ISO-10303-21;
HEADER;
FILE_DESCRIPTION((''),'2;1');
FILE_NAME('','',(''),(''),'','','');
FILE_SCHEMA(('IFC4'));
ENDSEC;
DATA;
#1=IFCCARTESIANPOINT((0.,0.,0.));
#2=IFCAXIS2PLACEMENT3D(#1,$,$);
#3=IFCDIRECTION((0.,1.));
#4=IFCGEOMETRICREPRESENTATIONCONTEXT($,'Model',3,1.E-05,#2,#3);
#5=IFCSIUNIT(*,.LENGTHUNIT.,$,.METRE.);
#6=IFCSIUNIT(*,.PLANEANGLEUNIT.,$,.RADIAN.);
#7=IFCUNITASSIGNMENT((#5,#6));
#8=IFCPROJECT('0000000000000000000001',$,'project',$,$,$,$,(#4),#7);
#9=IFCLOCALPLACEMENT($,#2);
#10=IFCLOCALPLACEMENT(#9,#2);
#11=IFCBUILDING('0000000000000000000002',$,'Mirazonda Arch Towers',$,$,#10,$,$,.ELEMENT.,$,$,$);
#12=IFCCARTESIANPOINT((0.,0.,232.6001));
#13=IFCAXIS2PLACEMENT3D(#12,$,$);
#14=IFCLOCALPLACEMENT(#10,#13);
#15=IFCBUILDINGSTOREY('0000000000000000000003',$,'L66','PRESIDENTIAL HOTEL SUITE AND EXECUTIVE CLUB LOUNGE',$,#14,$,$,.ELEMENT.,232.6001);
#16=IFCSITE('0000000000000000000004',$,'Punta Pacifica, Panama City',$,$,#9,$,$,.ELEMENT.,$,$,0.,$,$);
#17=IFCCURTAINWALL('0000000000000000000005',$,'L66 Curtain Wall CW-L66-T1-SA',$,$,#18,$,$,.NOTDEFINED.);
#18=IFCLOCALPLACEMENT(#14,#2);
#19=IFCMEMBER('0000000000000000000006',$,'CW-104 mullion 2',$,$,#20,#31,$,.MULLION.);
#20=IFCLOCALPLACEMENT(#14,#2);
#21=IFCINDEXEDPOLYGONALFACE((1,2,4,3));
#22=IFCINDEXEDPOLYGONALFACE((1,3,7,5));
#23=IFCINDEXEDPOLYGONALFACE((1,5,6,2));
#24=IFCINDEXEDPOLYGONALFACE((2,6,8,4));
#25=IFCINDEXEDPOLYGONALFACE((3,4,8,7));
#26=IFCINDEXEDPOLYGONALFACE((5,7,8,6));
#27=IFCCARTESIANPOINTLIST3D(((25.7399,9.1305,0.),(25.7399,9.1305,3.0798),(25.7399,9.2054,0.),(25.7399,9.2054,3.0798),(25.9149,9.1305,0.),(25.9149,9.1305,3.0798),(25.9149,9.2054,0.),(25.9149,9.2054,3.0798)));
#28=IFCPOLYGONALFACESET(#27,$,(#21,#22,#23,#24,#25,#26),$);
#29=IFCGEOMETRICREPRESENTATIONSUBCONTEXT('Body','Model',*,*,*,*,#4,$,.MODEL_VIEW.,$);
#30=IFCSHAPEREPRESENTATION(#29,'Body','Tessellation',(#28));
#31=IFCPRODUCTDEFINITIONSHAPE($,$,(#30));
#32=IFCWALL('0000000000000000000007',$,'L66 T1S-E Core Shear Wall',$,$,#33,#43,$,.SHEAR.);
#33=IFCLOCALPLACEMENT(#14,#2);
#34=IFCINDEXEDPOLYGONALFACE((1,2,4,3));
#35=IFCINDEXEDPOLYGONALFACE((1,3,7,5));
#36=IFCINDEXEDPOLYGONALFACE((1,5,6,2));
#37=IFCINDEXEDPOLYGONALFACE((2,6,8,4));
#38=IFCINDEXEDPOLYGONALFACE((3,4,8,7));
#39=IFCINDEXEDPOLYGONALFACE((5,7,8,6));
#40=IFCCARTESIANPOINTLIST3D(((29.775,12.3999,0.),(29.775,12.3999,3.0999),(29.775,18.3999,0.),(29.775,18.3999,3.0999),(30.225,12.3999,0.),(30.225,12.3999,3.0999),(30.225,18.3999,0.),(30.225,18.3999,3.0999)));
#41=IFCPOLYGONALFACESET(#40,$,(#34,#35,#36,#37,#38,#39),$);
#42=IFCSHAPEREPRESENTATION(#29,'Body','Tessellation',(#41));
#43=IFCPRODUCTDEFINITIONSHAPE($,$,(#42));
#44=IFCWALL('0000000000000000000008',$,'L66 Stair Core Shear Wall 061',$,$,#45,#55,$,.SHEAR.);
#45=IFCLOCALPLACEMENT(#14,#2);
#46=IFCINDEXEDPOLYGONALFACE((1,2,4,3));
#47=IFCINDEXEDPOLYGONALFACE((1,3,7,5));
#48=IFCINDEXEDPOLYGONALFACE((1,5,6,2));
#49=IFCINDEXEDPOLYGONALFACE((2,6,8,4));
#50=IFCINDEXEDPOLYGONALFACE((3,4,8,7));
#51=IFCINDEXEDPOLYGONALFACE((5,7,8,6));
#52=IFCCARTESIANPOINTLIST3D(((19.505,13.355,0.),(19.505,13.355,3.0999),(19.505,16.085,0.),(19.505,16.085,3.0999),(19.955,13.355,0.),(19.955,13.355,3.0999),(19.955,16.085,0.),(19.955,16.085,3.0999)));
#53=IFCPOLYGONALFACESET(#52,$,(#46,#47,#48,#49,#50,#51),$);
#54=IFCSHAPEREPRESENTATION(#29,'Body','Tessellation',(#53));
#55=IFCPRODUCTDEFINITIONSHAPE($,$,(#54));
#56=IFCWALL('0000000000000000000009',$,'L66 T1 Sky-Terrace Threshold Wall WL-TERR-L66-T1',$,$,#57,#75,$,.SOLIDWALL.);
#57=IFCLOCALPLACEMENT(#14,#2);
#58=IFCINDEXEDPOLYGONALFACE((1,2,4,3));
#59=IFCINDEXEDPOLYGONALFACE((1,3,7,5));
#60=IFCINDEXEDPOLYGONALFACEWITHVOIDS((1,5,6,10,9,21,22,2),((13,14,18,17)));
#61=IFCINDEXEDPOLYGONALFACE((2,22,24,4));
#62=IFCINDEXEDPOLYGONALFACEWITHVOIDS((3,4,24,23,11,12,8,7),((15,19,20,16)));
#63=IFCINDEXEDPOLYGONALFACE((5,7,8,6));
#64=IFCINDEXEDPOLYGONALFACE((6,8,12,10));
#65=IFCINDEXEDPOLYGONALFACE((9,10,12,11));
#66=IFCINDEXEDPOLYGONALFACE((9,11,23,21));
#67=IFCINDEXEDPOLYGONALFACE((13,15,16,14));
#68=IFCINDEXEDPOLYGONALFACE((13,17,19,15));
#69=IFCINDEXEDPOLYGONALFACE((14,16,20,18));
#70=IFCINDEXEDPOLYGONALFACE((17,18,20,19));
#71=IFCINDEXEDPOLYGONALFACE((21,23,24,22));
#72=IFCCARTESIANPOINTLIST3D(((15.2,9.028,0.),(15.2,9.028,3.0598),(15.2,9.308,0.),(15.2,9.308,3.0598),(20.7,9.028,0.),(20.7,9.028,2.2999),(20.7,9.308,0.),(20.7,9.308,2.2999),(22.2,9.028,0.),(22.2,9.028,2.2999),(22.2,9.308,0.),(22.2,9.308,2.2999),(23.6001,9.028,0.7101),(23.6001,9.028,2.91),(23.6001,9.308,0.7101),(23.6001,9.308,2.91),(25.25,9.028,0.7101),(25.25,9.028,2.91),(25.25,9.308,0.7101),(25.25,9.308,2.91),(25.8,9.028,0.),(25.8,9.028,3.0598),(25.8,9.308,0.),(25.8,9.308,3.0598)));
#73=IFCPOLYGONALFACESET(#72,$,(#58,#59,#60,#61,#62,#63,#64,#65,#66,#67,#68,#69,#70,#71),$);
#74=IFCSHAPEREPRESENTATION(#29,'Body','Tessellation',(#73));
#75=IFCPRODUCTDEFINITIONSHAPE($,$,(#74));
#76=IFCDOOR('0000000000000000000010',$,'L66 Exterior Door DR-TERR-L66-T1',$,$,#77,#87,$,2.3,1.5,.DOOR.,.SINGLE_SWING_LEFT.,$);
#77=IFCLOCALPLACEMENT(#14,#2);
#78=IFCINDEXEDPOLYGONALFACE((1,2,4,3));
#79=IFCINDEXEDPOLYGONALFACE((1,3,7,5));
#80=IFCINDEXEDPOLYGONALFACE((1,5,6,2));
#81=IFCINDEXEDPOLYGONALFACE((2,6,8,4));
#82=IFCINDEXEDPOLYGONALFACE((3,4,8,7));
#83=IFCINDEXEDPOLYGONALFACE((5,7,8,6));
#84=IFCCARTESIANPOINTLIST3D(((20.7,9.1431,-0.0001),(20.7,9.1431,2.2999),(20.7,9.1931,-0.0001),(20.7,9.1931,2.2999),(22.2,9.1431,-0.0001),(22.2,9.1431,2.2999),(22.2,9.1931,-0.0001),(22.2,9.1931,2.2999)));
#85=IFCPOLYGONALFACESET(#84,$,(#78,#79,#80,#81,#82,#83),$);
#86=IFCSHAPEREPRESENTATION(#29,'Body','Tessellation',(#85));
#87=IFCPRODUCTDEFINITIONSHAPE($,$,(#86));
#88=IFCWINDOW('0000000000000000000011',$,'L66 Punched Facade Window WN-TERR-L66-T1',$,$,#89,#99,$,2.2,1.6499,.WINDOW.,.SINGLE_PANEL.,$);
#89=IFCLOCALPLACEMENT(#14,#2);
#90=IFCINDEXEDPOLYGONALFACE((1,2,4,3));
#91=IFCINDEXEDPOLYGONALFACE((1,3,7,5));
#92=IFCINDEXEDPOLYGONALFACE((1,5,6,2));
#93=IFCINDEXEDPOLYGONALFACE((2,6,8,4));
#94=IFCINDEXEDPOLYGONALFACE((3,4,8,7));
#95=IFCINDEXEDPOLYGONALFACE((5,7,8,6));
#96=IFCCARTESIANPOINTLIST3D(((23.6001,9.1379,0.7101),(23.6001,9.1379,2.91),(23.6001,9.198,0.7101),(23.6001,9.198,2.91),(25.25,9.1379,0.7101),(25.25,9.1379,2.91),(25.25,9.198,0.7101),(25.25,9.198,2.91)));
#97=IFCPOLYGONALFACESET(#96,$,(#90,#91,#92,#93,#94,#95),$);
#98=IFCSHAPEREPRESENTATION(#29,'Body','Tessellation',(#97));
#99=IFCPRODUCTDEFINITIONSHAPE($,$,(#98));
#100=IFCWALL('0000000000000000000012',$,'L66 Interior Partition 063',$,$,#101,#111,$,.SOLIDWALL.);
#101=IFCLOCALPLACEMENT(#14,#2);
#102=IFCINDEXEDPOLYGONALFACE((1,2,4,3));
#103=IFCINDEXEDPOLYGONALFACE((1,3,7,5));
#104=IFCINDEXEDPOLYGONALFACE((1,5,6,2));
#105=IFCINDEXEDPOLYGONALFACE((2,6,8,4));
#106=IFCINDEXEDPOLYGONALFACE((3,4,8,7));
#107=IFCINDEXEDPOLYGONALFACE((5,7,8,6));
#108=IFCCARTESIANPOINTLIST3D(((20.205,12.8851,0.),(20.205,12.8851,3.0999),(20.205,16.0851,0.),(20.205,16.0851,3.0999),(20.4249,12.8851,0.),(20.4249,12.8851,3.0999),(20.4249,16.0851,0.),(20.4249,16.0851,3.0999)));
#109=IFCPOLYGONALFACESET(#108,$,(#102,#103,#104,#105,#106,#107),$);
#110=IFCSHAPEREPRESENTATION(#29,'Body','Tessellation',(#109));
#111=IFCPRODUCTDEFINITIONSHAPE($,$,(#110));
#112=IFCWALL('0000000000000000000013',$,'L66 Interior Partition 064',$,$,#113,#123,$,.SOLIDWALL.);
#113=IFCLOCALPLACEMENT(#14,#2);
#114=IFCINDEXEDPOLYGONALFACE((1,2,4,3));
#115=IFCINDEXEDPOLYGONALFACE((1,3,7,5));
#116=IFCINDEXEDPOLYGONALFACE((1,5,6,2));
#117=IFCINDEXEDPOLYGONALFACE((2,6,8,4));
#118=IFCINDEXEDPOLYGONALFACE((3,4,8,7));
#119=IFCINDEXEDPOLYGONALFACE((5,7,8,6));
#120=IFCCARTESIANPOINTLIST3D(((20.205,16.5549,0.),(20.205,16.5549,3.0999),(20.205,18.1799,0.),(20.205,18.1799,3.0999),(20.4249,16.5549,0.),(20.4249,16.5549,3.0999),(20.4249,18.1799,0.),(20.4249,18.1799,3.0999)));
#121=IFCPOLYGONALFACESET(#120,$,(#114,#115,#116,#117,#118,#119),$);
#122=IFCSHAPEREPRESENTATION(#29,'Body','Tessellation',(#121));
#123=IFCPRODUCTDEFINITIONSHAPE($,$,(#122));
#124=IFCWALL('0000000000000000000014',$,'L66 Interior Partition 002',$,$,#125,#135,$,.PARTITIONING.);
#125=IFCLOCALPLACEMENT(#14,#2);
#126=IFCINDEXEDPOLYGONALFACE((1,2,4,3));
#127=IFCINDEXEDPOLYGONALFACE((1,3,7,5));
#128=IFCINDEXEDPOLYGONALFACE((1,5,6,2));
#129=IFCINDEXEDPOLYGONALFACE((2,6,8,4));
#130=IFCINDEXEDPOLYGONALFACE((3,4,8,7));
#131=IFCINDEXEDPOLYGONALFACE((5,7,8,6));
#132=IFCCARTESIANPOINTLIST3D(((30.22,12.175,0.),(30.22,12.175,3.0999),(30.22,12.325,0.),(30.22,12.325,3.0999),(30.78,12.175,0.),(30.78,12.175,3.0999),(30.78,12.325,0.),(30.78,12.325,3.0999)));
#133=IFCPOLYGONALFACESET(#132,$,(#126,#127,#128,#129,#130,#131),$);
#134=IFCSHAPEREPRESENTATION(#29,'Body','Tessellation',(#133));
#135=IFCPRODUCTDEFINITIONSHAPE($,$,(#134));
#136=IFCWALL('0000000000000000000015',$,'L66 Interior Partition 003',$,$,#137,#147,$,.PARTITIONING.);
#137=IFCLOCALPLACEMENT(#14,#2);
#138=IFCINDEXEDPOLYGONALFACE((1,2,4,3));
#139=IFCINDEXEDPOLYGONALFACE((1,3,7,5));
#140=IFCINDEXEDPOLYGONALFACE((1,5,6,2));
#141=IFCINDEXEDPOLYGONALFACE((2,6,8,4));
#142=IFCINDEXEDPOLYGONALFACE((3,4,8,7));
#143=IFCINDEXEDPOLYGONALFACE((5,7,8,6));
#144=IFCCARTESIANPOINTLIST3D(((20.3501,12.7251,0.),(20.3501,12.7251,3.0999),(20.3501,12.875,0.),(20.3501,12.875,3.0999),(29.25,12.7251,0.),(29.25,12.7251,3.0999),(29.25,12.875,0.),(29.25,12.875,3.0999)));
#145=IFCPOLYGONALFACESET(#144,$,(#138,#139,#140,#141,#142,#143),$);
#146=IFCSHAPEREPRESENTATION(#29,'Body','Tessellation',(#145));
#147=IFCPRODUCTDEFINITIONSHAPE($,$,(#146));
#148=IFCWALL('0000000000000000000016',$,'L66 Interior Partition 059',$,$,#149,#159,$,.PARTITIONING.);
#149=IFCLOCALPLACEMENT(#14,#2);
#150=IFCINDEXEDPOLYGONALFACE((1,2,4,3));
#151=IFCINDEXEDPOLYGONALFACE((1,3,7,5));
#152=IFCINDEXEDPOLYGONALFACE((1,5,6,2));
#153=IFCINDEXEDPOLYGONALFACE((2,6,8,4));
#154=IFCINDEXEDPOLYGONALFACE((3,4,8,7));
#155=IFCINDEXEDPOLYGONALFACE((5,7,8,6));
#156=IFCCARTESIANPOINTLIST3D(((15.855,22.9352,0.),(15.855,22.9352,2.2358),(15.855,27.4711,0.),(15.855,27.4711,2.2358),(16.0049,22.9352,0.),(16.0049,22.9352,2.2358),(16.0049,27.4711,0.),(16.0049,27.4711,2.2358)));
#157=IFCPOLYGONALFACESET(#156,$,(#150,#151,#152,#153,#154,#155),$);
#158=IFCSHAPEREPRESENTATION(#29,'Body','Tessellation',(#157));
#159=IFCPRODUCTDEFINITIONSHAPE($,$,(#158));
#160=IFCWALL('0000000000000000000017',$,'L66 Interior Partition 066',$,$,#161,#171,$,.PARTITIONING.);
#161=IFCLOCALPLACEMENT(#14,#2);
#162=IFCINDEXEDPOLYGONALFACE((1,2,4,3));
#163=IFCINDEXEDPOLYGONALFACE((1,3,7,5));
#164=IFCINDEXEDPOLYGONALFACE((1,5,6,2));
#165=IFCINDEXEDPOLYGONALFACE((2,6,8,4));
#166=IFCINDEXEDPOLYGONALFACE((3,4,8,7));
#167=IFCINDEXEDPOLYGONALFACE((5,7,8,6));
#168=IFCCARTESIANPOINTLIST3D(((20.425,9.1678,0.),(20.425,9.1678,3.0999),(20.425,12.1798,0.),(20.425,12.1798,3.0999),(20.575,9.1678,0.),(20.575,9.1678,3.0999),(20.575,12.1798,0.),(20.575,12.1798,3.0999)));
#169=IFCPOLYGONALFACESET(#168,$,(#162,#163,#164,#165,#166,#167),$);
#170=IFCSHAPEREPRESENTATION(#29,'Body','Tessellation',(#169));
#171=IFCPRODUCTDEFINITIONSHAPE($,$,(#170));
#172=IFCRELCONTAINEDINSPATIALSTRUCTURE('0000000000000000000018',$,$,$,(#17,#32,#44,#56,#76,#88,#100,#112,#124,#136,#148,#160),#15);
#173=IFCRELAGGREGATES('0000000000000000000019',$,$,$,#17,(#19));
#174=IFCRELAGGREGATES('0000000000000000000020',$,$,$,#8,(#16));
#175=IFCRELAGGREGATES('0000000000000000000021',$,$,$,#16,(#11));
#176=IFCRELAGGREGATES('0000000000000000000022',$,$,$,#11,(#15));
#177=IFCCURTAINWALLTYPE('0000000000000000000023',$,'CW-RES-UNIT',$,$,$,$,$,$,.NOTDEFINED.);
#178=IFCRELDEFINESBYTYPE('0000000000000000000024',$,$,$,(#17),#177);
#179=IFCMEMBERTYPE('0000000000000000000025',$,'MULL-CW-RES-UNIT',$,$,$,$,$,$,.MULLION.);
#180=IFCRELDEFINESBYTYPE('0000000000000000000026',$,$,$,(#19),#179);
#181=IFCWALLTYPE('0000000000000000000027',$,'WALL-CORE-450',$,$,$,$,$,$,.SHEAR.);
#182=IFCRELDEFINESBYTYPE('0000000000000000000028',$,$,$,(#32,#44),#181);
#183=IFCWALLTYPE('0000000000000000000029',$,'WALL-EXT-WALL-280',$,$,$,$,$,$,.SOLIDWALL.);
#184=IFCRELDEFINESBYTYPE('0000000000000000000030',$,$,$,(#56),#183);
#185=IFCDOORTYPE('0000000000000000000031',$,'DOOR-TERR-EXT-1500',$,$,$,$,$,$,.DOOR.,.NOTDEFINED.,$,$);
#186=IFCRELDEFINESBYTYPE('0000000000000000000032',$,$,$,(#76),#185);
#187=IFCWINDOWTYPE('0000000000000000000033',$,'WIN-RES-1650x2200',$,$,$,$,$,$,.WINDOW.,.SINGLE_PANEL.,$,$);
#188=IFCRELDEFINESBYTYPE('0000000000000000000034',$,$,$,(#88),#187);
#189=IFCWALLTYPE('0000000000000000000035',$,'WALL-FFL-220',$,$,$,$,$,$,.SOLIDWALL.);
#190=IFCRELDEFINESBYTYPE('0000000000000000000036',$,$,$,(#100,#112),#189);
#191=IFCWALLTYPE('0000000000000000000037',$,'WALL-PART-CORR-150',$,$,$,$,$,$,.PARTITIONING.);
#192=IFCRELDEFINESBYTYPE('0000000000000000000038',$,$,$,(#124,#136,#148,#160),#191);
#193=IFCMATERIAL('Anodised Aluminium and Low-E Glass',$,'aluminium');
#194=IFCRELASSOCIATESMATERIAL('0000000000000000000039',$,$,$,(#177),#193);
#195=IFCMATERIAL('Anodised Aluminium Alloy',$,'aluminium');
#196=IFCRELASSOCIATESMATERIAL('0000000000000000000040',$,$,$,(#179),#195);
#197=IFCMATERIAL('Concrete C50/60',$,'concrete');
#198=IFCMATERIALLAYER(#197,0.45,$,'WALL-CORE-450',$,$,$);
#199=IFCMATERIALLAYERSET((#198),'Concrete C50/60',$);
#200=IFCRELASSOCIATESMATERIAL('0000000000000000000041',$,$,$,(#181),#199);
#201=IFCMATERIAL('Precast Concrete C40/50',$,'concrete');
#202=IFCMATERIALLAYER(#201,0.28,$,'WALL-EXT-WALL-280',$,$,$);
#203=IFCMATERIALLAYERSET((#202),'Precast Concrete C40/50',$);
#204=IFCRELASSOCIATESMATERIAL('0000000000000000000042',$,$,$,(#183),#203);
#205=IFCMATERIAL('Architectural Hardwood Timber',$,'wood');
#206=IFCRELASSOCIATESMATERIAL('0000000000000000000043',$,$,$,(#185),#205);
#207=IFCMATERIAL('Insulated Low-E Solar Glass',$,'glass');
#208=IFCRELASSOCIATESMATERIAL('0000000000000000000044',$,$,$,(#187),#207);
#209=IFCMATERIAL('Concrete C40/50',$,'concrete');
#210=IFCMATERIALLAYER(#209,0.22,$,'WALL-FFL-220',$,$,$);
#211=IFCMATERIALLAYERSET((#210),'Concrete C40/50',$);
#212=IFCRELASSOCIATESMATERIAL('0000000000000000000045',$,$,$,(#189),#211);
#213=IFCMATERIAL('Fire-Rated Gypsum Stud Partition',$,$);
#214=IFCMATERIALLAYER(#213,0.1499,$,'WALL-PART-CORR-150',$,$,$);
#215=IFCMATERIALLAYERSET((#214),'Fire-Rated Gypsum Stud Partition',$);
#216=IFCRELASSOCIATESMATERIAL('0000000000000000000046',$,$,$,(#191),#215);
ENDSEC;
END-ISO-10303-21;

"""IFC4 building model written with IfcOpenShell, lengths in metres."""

from ifc_helpers import new_model, si_unit, direction, frame, frame_2d, origin, origin_2d, place, context, subcontext, project, spatial, rectangle, extrude, material, layer, layer_set, material_profile, profile_set, type_object, element, fill, aggregate, save


model = new_model("IFC4")

# Units and contexts
model_context = context("Model", 3, precision=1e-05, world=origin(), true_north=direction((0.0, 1.0)))
body_context = subcontext(model_context, "Body", "Model", "MODEL_VIEW")
ifc_project = project(units=[si_unit("LENGTHUNIT", "METRE"), si_unit("PLANEANGLEUNIT", "RADIAN")], contexts=[model_context])

# Site, building, storey
site_placement = place(None, origin())
site = spatial("IfcSite", under=ifc_project, at=site_placement, Name="Punta Pacifica, Panama City", CompositionType="ELEMENT", RefElevation=0.0)
building_placement = place(site_placement, origin())
building = spatial("IfcBuilding", under=site, at=building_placement, Name="Mirazonda Arch Towers", CompositionType="ELEMENT")
storey_placement = place(building_placement, frame((0.0, 0.0, 232.6001)))
storey = spatial("IfcBuildingStorey", under=building, at=storey_placement, Name="L66", Description="PRESIDENTIAL HOTEL SUITE AND EXECUTIVE CLUB LOUNGE", CompositionType="ELEMENT", Elevation=232.6001)

# Shared definitions
ifc_material_1 = material(Name="Concrete C50/60", Category="concrete")

# Curtain wall, member
ifc_material_2 = material(Name="Anodised Aluminium and Low-E Glass", Category="aluminium")
curtain_wall_type = type_object("IfcCurtainWallType", Name="CW-RES-UNIT", PredefinedType="NOTDEFINED", material=ifc_material_2)
curtain_wall_placement = place(storey_placement, origin())
curtain_wall = element("IfcCurtainWall", 1, at=curtain_wall_placement, inside=storey, type_object=curtain_wall_type, Name="L66 Curtain Wall CW-L66-T1-SA", PredefinedType="NOTDEFINED")
ifc_material_3 = material(Name="Anodised Aluminium Alloy", Category="aluminium")
ifc_material_profile_1 = material_profile(ifc_material_3, rectangle(XDim=0.075, YDim=0.175, at=origin_2d()), Name="ALU-MULL-75x175")
ifc_profile_set_1 = profile_set([ifc_material_profile_1], Name="Anodised Aluminium Alloy")
member_type = type_object("IfcMemberType", Name="MULL-CW-RES-UNIT", PredefinedType="MULLION", material=ifc_profile_set_1)
member_placement = place(storey_placement, frame((25.8274, 9.168, 0.0), z_axis=(0.0, 0.0, 1.0), x_axis=(0.0, -1.0, 0.0)))
member = element("IfcMember", 2, at=member_placement, type_object=member_type, Name="CW-104 mullion 2", PredefinedType="MULLION", context=body_context, shape_type="SweptSolid", body=[
    extrude(rectangle(XDim=0.075, YDim=0.175, at=origin_2d()), origin(), (0.0, 0.0, 1.0), 3.0798),
])
aggregate(curtain_wall, [member])

# Walls
ifc_layer_1 = layer(ifc_material_1, 0.45, Name="WALL-CORE-450")
ifc_layer_set_1 = layer_set([ifc_layer_1], Name="Concrete C50/60")
wall_type_1 = type_object("IfcWallType", Name="WALL-CORE-450", PredefinedType="SHEAR", material=ifc_layer_set_1)
wall_1_placement = place(storey_placement, frame((30.0, 12.3999, 0.0), z_axis=(0.0, 0.0, 1.0), x_axis=(0.0, 1.0, 0.0)))
element("IfcWall", 3, at=wall_1_placement, inside=storey, type_object=wall_type_1, Name="L66 T1S-E Core Shear Wall", PredefinedType="SHEAR", context=body_context, shape_type="SweptSolid", body=[
    extrude(rectangle(XDim=6.0, YDim=0.45, at=frame_2d((3.0, 0.0))), origin(), (0.0, 0.0, 1.0), 3.0999),
])
wall_2_placement = place(storey_placement, frame((19.73, 13.355, 0.0), z_axis=(0.0, 0.0, 1.0), x_axis=(0.0, 1.0, 0.0)))
element("IfcWall", 4, at=wall_2_placement, inside=storey, type_object=wall_type_1, Name="L66 Stair Core Shear Wall 061", PredefinedType="SHEAR", context=body_context, shape_type="SweptSolid", body=[
    extrude(rectangle(XDim=2.73, YDim=0.45, at=frame_2d((1.365, 0.0))), origin(), (0.0, 0.0, 1.0), 3.0999),
])

# Wall, openings, door, window
ifc_material_4 = material(Name="Precast Concrete C40/50", Category="concrete")
ifc_layer_2 = layer(ifc_material_4, 0.28, Name="WALL-EXT-WALL-280")
ifc_layer_set_2 = layer_set([ifc_layer_2], Name="Precast Concrete C40/50")
wall_type_2 = type_object("IfcWallType", Name="WALL-EXT-WALL-280", PredefinedType="SOLIDWALL", material=ifc_layer_set_2)
wall_3_placement = place(storey_placement, frame((25.8, 9.168, 0.0), z_axis=(0.0, 0.0, 1.0), x_axis=(-1.0, 0.0, 0.0)))
wall_3 = element("IfcWall", 5, at=wall_3_placement, inside=storey, type_object=wall_type_2, Name="L66 T1 Sky-Terrace Threshold Wall WL-TERR-L66-T1", PredefinedType="SOLIDWALL", context=body_context, shape_type="SweptSolid", body=[
    extrude(rectangle(XDim=10.6001, YDim=0.28, at=frame_2d((5.3, 0.0))), origin(), (0.0, 0.0, 1.0), 3.0598),
])
opening_1_placement = place(wall_3_placement, frame((0.55, 0.0, 0.71)))
opening_1 = element("IfcOpeningElement", 6, at=opening_1_placement, cuts=wall_3, PredefinedType="OPENING", context=body_context, shape_type="SweptSolid", body=[
    extrude(rectangle(XDim=1.6499, YDim=2.2, at=frame_2d((0.825, 1.1001))), frame((0.0, 0.1499, 0.0), z_axis=(0.0, -1.0, 0.0), x_axis=(1.0, 0.0, 0.0)), (0.0, 0.0, 1.0), 0.3),
])
opening_2_placement = place(wall_3_placement, frame((3.6001, 0.0, 0.0)))
opening_2 = element("IfcOpeningElement", 7, at=opening_2_placement, cuts=wall_3, PredefinedType="OPENING", context=body_context, shape_type="SweptSolid", body=[
    extrude(rectangle(XDim=1.5, YDim=2.3, at=frame_2d((0.75, 1.1499))), frame((0.0, 0.1499, 0.0), z_axis=(0.0, -1.0, 0.0), x_axis=(1.0, 0.0, 0.0)), (0.0, 0.0, 1.0), 0.3),
])
ifc_material_5 = material(Name="Architectural Hardwood Timber", Category="wood")
door_type_1 = type_object("IfcDoorType", Name="DOOR-TERR-EXT-1500", OperationType="NOTDEFINED", PredefinedType="DOOR", material=ifc_material_5)
door_1_placement = place(opening_2_placement, origin())
door_1 = element("IfcDoor", 8, at=door_1_placement, inside=storey, type_object=door_type_1, Name="L66 Exterior Door DR-TERR-L66-T1", OperationType="SINGLE_SWING_LEFT", OverallHeight=2.3, OverallWidth=1.5, PredefinedType="DOOR", context=body_context, shape_type="SweptSolid", body=[
    extrude(rectangle(XDim=1.5, YDim=2.3, at=frame_2d((0.75, 1.1499))), frame((0.0, 0.0249, 0.0), z_axis=(0.0, -1.0, 0.0), x_axis=(1.0, 0.0, 0.0)), (0.0, 0.0, 1.0), 0.05),
])
fill(opening_2, door_1)
ifc_material_6 = material(Name="Insulated Low-E Solar Glass", Category="glass")
window_type = type_object("IfcWindowType", Name="WIN-RES-1650x2200", PartitioningType="SINGLE_PANEL", PredefinedType="WINDOW", material=ifc_material_6)
window_placement = place(opening_1_placement, origin())
window = element("IfcWindow", 9, at=window_placement, inside=storey, type_object=window_type, Name="L66 Punched Facade Window WN-TERR-L66-T1", OverallHeight=2.2, OverallWidth=1.6499, PartitioningType="SINGLE_PANEL", PredefinedType="WINDOW", context=body_context, shape_type="SweptSolid", body=[
    extrude(rectangle(XDim=1.6499, YDim=2.2, at=frame_2d((0.825, 1.1001))), frame((0.0, 0.03, 0.0), z_axis=(0.0, -1.0, 0.0), x_axis=(1.0, 0.0, 0.0)), (0.0, 0.0, 1.0), 0.0601),
])
fill(opening_1, window)

# Walls
ifc_material_7 = material(Name="Concrete C40/50", Category="concrete")
ifc_layer_3 = layer(ifc_material_7, 0.22, Name="WALL-FFL-220")
ifc_layer_set_3 = layer_set([ifc_layer_3], Name="Concrete C40/50")
wall_type_3 = type_object("IfcWallType", Name="WALL-FFL-220", PredefinedType="SOLIDWALL", material=ifc_layer_set_3)
wall_4_placement = place(storey_placement, frame((20.3149, 12.885, 0.0), z_axis=(0.0, 0.0, 1.0), x_axis=(0.0, 1.0, 0.0)))
element("IfcWall", 10, at=wall_4_placement, inside=storey, type_object=wall_type_3, Name="L66 Interior Partition 063", PredefinedType="SOLIDWALL", context=body_context, shape_type="SweptSolid", body=[
    extrude(rectangle(XDim=3.2, YDim=0.22, at=frame_2d((1.6001, 0.0))), origin(), (0.0, 0.0, 1.0), 3.0999),
])
wall_5_placement = place(storey_placement, frame((20.3149, 16.5549, 0.0), z_axis=(0.0, 0.0, 1.0), x_axis=(0.0, 1.0, 0.0)))
element("IfcWall", 11, at=wall_5_placement, inside=storey, type_object=wall_type_3, Name="L66 Interior Partition 064", PredefinedType="SOLIDWALL", context=body_context, shape_type="SweptSolid", body=[
    extrude(rectangle(XDim=1.625, YDim=0.22, at=frame_2d((0.8125, 0.0))), origin(), (0.0, 0.0, 1.0), 3.0999),
])
ifc_material_8 = material(Name="Fire-Rated Gypsum Stud Partition")
ifc_layer_4 = layer(ifc_material_8, 0.1499, Name="WALL-PART-CORR-150")
ifc_layer_set_4 = layer_set([ifc_layer_4], Name="Fire-Rated Gypsum Stud Partition")
wall_type_4 = type_object("IfcWallType", Name="WALL-PART-CORR-150", PredefinedType="PARTITIONING", material=ifc_layer_set_4)
wall_6_placement = place(storey_placement, frame((30.22, 12.25, 0.0), z_axis=(0.0, 0.0, 1.0), x_axis=(1.0, 0.0, 0.0)))
element("IfcWall", 12, at=wall_6_placement, inside=storey, type_object=wall_type_4, Name="L66 Interior Partition 002", PredefinedType="PARTITIONING", context=body_context, shape_type="SweptSolid", body=[
    extrude(rectangle(XDim=0.5601, YDim=0.1499, at=frame_2d((0.28, 0.0))), origin(), (0.0, 0.0, 1.0), 3.0999),
])
wall_7_placement = place(storey_placement, frame((20.3501, 12.8, 0.0), z_axis=(0.0, 0.0, 1.0), x_axis=(1.0, 0.0, 0.0)))
element("IfcWall", 13, at=wall_7_placement, inside=storey, type_object=wall_type_4, Name="L66 Interior Partition 003", PredefinedType="PARTITIONING", context=body_context, shape_type="SweptSolid", body=[
    extrude(rectangle(XDim=8.8999, YDim=0.1499, at=frame_2d((4.45, 0.0))), origin(), (0.0, 0.0, 1.0), 3.0999),
])
wall_8_placement = place(storey_placement, frame((15.9299, 22.9351, 0.0), z_axis=(0.0, 0.0, 1.0), x_axis=(0.0, 1.0, 0.0)))
element("IfcWall", 14, at=wall_8_placement, inside=storey, type_object=wall_type_4, Name="L66 Interior Partition 059", PredefinedType="PARTITIONING", context=body_context, shape_type="SweptSolid", body=[
    extrude(rectangle(XDim=4.5359, YDim=0.1499, at=frame_2d((2.2681, 0.0))), origin(), (0.0, 0.0, 1.0), 2.2358),
])
wall_9_placement = place(storey_placement, frame((20.5, 9.168, 0.0), z_axis=(0.0, 0.0, 1.0), x_axis=(0.0, 1.0, 0.0)))
element("IfcWall", 15, at=wall_9_placement, inside=storey, type_object=wall_type_4, Name="L66 Interior Partition 066", PredefinedType="PARTITIONING", context=body_context, shape_type="SweptSolid", body=[
    extrude(rectangle(XDim=3.012, YDim=0.1499, at=frame_2d((1.5059, 0.0))), origin(), (0.0, 0.0, 1.0), 3.0999),
])

save(model, "model.ifc")
